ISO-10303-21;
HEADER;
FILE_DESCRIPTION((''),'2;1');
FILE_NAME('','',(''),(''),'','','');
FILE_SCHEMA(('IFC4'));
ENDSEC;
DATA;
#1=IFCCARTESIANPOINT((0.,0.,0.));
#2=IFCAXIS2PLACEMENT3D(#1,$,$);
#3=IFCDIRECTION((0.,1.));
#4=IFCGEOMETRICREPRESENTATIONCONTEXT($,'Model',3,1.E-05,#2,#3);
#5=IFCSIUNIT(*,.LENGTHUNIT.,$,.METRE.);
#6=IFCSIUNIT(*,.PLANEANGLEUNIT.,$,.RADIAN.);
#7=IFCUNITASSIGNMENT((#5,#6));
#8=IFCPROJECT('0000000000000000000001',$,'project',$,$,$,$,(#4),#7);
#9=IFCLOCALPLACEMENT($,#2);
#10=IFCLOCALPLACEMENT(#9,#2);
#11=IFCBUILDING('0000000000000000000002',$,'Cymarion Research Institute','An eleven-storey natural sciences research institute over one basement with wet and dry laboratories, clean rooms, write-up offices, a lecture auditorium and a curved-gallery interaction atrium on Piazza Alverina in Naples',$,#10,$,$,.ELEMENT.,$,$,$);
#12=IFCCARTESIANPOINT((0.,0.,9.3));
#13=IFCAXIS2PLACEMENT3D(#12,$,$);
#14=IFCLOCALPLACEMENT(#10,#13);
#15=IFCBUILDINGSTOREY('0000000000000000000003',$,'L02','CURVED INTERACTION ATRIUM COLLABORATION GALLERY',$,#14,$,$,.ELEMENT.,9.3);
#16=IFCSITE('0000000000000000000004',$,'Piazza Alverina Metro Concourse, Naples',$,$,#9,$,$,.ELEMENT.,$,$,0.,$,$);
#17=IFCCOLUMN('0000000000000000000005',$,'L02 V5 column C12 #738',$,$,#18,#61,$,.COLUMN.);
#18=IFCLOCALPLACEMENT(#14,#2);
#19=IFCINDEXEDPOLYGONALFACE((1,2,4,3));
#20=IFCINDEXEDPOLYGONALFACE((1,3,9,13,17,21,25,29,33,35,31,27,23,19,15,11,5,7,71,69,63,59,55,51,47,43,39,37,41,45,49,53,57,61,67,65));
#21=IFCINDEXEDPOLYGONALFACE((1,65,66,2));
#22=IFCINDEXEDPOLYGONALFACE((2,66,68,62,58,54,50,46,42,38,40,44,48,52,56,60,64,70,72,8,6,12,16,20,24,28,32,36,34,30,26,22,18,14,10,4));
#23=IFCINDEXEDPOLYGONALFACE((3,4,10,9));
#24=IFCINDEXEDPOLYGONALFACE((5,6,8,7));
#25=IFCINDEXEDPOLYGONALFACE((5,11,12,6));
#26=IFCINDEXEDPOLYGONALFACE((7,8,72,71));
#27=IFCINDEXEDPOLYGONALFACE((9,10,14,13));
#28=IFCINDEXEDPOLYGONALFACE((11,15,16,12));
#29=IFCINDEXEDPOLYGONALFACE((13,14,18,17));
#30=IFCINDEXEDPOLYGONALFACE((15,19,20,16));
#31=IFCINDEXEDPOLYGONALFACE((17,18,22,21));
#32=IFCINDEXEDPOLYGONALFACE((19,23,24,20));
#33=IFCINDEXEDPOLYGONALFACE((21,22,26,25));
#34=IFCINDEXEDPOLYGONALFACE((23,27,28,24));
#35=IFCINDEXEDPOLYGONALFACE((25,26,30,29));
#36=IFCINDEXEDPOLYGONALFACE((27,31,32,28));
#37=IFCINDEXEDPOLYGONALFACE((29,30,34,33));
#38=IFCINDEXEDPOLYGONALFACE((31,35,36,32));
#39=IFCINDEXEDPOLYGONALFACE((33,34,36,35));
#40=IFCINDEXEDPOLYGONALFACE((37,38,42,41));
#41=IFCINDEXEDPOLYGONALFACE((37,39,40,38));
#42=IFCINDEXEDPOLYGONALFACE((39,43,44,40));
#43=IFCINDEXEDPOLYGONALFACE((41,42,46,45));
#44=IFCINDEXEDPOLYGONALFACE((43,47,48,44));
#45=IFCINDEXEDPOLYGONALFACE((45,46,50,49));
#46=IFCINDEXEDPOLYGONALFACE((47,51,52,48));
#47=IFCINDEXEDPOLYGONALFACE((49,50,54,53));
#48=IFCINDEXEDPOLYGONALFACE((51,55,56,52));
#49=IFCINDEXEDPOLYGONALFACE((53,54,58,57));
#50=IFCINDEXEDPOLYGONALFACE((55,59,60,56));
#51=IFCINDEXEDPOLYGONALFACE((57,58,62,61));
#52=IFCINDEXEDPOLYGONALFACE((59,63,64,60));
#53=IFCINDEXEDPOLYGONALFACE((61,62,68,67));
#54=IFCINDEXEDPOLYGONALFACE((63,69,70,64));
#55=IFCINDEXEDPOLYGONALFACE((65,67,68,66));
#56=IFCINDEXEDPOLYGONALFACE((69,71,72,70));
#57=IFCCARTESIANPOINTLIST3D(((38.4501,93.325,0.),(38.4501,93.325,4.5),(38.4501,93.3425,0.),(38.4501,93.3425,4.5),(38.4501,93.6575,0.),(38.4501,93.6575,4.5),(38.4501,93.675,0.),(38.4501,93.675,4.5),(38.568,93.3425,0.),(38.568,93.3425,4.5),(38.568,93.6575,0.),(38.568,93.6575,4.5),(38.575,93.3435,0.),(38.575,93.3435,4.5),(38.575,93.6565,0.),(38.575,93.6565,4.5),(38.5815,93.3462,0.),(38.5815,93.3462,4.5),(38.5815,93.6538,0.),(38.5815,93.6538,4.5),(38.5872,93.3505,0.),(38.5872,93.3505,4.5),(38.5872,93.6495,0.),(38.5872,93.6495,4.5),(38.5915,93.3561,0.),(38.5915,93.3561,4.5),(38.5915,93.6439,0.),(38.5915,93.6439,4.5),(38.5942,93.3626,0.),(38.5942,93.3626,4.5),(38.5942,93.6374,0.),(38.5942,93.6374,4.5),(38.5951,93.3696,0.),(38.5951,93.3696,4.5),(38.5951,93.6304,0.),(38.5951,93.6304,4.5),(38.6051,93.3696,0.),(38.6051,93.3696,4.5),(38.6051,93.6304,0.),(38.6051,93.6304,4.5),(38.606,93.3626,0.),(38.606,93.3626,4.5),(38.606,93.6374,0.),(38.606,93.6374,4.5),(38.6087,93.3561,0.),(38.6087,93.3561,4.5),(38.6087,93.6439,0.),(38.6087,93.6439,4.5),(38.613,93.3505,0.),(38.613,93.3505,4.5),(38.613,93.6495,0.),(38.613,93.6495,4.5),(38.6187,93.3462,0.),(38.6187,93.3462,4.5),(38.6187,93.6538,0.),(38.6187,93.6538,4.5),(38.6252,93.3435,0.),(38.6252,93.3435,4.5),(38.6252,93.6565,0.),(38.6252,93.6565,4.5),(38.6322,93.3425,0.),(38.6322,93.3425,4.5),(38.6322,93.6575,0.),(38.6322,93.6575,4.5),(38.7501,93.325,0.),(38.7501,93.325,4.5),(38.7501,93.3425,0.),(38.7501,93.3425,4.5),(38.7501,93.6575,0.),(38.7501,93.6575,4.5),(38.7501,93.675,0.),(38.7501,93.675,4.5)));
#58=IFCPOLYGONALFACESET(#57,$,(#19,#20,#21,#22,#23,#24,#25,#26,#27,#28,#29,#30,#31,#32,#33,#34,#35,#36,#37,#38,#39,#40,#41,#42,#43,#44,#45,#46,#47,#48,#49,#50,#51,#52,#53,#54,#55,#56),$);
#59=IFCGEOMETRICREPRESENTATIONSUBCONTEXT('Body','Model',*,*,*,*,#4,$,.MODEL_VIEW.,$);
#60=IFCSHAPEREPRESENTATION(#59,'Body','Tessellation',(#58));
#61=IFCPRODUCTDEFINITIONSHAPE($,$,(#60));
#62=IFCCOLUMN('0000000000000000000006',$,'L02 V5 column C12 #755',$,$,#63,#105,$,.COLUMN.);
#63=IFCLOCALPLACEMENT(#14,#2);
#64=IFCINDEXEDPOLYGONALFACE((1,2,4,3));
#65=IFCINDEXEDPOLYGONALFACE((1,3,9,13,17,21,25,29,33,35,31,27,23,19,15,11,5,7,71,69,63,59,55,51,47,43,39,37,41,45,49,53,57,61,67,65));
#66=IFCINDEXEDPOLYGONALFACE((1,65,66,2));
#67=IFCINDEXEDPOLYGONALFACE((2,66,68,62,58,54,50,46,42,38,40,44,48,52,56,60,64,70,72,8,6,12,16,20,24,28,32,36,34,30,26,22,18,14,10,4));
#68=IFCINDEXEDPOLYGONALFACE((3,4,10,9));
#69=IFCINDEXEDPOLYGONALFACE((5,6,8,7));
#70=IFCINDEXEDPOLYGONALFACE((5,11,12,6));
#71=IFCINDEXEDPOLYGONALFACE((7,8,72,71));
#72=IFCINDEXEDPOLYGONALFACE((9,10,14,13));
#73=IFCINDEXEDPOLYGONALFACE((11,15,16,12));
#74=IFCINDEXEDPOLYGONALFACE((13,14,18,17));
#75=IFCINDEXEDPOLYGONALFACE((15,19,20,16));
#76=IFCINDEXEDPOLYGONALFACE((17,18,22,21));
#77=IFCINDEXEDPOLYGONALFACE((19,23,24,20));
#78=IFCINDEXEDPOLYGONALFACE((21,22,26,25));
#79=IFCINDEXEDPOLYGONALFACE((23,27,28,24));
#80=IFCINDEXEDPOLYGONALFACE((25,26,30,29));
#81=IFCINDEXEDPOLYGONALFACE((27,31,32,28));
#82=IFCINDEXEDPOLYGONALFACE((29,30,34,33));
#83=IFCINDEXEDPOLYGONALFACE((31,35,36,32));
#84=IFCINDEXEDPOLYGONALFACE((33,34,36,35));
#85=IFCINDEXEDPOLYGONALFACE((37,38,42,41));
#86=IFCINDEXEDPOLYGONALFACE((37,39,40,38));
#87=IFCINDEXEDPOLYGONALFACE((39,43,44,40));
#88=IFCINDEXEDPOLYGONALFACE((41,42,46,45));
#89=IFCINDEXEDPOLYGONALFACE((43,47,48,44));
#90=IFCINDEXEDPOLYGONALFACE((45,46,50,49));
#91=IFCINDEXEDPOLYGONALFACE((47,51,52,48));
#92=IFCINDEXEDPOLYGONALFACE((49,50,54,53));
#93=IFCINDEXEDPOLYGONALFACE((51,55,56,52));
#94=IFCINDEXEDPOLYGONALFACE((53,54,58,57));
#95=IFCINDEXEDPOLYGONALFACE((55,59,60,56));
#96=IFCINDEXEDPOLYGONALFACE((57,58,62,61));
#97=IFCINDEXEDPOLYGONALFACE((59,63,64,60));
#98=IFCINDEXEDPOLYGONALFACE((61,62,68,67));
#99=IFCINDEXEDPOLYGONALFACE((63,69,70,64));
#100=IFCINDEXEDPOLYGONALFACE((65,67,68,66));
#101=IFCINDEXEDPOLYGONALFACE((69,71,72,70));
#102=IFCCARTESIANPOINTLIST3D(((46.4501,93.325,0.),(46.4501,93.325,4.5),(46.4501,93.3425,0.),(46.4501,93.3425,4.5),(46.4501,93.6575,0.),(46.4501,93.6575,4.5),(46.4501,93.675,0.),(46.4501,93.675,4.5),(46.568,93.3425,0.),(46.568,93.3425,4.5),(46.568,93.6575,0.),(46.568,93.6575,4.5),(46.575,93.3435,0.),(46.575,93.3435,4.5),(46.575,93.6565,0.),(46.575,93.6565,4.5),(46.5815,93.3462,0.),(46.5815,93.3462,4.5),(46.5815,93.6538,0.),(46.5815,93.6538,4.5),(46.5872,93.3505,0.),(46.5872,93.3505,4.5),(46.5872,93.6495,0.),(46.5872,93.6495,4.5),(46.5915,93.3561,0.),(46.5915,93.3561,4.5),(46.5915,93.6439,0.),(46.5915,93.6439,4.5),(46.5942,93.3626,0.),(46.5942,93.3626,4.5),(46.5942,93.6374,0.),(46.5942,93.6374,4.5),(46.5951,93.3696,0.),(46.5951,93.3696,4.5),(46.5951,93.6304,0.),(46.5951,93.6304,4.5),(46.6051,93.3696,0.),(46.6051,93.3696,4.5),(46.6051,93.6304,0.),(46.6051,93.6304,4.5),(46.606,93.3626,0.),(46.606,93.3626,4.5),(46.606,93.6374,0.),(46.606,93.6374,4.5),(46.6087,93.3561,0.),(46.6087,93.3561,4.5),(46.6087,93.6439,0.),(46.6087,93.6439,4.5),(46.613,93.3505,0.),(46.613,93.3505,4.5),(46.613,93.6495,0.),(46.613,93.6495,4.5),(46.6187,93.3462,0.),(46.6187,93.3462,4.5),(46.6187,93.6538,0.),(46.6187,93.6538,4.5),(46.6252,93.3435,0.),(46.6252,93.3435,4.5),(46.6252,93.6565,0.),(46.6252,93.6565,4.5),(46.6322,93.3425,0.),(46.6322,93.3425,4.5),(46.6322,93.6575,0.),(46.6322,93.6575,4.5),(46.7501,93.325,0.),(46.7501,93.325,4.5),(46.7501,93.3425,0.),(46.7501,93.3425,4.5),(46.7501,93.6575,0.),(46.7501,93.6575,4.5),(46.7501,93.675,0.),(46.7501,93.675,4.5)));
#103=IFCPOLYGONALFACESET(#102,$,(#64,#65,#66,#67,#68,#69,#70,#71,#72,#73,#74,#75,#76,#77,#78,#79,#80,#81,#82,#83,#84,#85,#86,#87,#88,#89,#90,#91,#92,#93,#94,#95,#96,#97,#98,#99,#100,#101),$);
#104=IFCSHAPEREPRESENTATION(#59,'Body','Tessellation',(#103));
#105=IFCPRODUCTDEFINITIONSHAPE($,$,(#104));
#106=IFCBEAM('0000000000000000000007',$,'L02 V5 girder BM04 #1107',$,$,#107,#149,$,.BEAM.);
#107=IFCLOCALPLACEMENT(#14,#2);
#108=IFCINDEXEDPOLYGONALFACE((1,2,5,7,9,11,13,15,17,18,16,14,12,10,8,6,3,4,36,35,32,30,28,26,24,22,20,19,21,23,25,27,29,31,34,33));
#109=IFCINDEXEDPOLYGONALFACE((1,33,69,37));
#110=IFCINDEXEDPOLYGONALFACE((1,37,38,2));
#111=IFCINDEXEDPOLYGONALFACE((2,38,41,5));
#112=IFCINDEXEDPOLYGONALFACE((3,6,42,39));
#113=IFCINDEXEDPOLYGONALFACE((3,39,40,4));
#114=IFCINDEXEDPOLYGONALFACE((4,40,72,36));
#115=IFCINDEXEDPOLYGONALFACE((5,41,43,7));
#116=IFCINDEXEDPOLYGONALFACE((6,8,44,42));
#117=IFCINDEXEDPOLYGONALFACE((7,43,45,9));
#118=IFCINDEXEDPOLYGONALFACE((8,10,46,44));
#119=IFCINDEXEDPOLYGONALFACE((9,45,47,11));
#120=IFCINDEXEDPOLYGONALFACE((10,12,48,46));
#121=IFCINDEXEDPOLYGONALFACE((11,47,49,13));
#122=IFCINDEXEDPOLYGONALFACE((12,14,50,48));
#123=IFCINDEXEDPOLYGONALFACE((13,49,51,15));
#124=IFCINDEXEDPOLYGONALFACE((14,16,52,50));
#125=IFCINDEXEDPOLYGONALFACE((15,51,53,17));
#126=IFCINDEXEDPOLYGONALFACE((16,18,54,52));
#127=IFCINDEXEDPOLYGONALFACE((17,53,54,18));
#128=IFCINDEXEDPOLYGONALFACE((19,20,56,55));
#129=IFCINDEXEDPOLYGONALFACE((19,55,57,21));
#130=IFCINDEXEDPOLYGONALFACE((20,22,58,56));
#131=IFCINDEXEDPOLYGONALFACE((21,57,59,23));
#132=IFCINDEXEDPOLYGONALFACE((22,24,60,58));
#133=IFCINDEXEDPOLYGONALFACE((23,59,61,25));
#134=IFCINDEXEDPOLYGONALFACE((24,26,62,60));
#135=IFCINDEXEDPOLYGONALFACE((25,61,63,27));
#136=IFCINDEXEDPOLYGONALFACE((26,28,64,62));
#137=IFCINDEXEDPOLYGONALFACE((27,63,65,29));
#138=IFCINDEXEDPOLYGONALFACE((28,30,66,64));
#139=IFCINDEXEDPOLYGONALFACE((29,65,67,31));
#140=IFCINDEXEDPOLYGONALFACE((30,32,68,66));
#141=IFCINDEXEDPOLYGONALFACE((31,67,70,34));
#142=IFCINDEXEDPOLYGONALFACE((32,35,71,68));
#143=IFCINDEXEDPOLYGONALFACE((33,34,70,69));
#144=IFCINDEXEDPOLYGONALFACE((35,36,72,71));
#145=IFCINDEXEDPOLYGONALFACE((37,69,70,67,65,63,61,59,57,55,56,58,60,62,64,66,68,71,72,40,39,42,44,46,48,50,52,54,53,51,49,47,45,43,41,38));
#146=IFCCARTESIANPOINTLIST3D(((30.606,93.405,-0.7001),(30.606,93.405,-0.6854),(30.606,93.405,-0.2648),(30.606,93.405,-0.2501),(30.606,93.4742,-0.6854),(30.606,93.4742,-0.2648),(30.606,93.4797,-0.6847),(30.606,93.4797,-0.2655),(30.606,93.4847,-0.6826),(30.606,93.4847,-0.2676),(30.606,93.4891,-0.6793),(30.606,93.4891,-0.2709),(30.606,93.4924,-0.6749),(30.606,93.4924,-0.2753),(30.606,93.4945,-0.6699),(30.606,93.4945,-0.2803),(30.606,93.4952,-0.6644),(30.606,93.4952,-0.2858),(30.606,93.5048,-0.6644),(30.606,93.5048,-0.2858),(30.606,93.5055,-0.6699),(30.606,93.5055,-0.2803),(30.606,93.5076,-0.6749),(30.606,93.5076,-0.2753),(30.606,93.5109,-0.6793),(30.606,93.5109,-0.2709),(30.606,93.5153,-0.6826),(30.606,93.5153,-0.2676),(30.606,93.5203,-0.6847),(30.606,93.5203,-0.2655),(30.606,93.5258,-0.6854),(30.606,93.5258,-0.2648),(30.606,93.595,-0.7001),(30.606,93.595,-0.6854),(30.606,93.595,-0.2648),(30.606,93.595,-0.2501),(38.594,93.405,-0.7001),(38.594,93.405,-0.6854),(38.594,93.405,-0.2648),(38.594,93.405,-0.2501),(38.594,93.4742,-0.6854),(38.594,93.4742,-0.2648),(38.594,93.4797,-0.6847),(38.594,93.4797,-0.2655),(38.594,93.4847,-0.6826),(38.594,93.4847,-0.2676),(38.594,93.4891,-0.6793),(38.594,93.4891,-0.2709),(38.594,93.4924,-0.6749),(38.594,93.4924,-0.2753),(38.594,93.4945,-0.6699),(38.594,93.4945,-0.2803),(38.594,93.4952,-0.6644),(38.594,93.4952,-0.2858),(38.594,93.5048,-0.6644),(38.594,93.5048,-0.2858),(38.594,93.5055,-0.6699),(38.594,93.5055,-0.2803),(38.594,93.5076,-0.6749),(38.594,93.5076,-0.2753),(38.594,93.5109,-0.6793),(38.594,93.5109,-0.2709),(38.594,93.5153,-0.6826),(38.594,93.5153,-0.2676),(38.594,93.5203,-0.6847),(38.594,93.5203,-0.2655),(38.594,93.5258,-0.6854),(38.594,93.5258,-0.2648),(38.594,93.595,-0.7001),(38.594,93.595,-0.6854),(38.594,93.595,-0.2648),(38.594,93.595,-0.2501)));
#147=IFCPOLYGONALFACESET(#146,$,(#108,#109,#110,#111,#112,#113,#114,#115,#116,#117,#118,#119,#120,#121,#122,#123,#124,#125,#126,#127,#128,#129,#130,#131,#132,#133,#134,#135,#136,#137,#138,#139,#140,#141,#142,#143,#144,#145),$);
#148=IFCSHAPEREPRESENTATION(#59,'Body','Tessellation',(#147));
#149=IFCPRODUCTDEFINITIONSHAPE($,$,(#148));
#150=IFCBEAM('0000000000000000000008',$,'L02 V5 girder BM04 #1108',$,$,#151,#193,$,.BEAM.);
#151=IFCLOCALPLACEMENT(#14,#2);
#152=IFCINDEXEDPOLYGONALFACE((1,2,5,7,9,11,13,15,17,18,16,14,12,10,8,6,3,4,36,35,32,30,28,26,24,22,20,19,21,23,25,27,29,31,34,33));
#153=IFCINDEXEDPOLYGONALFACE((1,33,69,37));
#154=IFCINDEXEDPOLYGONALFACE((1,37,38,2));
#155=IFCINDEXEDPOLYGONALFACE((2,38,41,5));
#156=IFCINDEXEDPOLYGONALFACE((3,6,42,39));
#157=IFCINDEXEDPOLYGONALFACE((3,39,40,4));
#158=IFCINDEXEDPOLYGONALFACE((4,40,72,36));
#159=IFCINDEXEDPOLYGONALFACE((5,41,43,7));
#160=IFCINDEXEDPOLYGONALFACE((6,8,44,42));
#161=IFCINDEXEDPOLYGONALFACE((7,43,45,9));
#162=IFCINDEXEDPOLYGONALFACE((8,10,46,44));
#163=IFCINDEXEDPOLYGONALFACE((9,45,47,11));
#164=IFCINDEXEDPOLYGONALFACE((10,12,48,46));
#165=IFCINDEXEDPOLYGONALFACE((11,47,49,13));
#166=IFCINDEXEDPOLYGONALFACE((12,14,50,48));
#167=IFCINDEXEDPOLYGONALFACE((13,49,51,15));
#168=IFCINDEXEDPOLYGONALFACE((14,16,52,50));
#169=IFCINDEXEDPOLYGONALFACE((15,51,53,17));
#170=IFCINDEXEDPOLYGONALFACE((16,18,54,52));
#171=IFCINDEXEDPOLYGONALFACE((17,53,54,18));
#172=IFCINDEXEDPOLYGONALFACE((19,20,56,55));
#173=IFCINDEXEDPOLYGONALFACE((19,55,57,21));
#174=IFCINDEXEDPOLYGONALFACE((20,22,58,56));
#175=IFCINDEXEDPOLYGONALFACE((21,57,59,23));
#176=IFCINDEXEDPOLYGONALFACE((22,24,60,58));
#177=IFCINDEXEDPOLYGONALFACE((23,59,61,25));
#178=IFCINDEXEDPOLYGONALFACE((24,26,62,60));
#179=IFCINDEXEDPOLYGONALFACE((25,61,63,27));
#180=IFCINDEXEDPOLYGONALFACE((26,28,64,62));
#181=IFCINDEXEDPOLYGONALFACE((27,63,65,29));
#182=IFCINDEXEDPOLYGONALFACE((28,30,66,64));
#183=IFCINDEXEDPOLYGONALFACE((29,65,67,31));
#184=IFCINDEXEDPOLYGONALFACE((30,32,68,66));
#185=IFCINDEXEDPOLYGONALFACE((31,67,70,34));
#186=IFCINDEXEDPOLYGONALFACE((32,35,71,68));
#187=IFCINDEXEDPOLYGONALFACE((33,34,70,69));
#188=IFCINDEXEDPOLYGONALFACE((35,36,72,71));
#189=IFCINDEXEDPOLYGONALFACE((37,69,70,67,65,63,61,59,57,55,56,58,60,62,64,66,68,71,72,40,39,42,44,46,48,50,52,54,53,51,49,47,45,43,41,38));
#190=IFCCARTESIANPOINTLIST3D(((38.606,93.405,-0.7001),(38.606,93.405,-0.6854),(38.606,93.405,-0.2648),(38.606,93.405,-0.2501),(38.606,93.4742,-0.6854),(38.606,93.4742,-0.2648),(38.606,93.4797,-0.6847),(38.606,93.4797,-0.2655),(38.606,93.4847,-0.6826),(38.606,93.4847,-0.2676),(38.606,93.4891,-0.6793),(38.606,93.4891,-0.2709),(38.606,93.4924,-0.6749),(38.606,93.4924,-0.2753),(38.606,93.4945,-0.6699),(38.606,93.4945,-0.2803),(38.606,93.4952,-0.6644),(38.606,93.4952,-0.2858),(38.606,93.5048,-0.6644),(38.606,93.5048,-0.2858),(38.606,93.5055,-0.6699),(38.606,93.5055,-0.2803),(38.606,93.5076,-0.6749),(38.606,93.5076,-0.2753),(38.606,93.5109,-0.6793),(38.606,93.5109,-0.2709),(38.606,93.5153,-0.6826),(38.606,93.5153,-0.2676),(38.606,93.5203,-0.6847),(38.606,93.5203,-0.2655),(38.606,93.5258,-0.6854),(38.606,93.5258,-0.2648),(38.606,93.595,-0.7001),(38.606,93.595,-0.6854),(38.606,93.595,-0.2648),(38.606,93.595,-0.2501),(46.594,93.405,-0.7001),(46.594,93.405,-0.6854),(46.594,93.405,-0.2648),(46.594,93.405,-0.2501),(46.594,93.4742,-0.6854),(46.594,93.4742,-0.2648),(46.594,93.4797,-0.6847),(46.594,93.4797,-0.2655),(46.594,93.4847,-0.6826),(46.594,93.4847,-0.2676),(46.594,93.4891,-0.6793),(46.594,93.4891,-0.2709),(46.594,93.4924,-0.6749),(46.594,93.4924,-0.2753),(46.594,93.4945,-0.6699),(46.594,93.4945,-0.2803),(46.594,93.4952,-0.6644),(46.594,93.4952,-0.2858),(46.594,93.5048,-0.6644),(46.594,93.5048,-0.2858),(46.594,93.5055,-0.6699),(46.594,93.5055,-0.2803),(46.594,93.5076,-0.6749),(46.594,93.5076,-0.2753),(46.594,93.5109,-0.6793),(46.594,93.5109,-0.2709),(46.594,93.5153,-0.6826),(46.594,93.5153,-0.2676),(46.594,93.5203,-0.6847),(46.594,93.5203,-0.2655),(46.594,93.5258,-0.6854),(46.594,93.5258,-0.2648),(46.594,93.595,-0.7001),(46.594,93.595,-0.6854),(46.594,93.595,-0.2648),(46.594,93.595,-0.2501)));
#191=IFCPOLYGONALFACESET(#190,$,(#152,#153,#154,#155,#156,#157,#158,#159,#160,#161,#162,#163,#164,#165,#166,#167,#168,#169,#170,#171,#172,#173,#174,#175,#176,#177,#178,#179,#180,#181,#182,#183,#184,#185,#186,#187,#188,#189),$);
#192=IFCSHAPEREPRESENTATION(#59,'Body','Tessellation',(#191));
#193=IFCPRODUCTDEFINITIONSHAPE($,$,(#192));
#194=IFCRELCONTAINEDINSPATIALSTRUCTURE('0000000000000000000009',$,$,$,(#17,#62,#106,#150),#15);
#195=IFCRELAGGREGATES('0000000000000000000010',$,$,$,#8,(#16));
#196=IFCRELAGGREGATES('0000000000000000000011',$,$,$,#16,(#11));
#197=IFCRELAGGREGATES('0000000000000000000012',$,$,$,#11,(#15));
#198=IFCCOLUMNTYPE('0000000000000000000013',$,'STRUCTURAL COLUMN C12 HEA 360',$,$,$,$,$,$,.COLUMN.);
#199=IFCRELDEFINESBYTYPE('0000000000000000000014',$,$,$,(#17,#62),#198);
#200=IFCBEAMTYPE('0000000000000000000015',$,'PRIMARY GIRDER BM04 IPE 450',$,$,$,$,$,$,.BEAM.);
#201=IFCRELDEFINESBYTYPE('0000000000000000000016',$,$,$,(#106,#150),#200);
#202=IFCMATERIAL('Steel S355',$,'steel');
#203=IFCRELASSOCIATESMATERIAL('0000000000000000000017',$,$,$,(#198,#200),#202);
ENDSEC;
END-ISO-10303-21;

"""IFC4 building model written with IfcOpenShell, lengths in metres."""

from ifc_helpers import new_model, si_unit, direction, frame, origin, origin_2d, place, context, subcontext, project, spatial, i_section, extrude, material, material_profile, profile_set, type_object, element, save


model = new_model("IFC4")

# Units and contexts
model_context = context("Model", 3, precision=1e-05, world=origin(), true_north=direction((0.0, 1.0)))
body_context = subcontext(model_context, "Body", "Model", "MODEL_VIEW")
ifc_project = project(units=[si_unit("LENGTHUNIT", "METRE"), si_unit("PLANEANGLEUNIT", "RADIAN")], contexts=[model_context])

# Site, building, storey
site_placement = place(None, origin())
site = spatial("IfcSite", under=ifc_project, at=site_placement, Name="Piazza Alverina Metro Concourse, Naples", CompositionType="ELEMENT", RefElevation=0.0)
building_placement = place(site_placement, origin())
building = spatial("IfcBuilding", under=site, at=building_placement, Name="Cymarion Research Institute", Description="An eleven-storey natural sciences research institute over one basement with wet and dry laboratories, clean rooms, write-up offices, a lecture auditorium and a curved-gallery interaction atrium on Piazza Alverina in Naples", CompositionType="ELEMENT")
storey_placement = place(building_placement, frame((0.0, 0.0, 9.3)))
storey = spatial("IfcBuildingStorey", under=building, at=storey_placement, Name="L02", Description="CURVED INTERACTION ATRIUM COLLABORATION GALLERY", CompositionType="ELEMENT", Elevation=9.3)

# Columns
ifc_material_1 = material(Name="Steel S355", Category="steel")
ifc_material_profile_1 = material_profile(ifc_material_1, i_section(OverallWidth=0.3, OverallDepth=0.3501, WebThickness=0.01, FlangeThickness=0.0176, FilletRadius=0.0271, at=origin_2d()), Name="HEA 360")
ifc_profile_set_1 = profile_set([ifc_material_profile_1], Name="Steel S355")
column_type_1 = type_object("IfcColumnType", Name="STRUCTURAL COLUMN C12 HEA 360", PredefinedType="COLUMN", material=ifc_profile_set_1)
for number, where, z_axis, x_axis, name in (
    (1, (38.6001, 93.5, 0.0), (0.0, 0.0, 1.0), (1.0, 0.0, 0.0), "L02 V5 column C12 #738"),
    (2, (46.6001, 93.5, 0.0), (0.0, 0.0, 1.0), (1.0, 0.0, 0.0), "L02 V5 column C12 #755"),
):
    element("IfcColumn", number, at=place(storey_placement, frame(where, z_axis=z_axis, x_axis=x_axis)), inside=storey, type_object=column_type_1, Name=name, PredefinedType="COLUMN", context=body_context, shape_type="SweptSolid", body=[
        extrude(i_section(OverallWidth=0.3, OverallDepth=0.3501, WebThickness=0.01, FlangeThickness=0.0176, FilletRadius=0.0271, at=origin_2d()), origin(), (0.0, 0.0, 1.0), 4.5),
    ])

# Beams
ifc_material_profile_2 = material_profile(ifc_material_1, i_section(OverallWidth=0.1899, OverallDepth=0.45, WebThickness=0.0095, FlangeThickness=0.0146, FilletRadius=0.021, at=origin_2d()), Name="IPE 450")
ifc_profile_set_2 = profile_set([ifc_material_profile_2], Name="Steel S355")
beam_type_1 = type_object("IfcBeamType", Name="PRIMARY GIRDER BM04 IPE 450", PredefinedType="BEAM", material=ifc_profile_set_2)
for number, where, z_axis, x_axis, name in (
    (3, (30.606, 93.5, -0.4751), (1.0, 0.0, 0.0), (0.0, 1.0, 0.0), "L02 V5 girder BM04 #1107"),
    (4, (38.606, 93.5, -0.4751), (1.0, 0.0, 0.0), (0.0, 1.0, 0.0), "L02 V5 girder BM04 #1108"),
):
    element("IfcBeam", number, at=place(storey_placement, frame(where, z_axis=z_axis, x_axis=x_axis)), inside=storey, type_object=beam_type_1, Name=name, PredefinedType="BEAM", context=body_context, shape_type="SweptSolid", body=[
        extrude(i_section(OverallWidth=0.1899, OverallDepth=0.45, WebThickness=0.0095, FlangeThickness=0.0146, FilletRadius=0.021, at=origin_2d()), origin(), (0.0, 0.0, 1.0), 7.988),
    ])

save(model, "model.ifc")
